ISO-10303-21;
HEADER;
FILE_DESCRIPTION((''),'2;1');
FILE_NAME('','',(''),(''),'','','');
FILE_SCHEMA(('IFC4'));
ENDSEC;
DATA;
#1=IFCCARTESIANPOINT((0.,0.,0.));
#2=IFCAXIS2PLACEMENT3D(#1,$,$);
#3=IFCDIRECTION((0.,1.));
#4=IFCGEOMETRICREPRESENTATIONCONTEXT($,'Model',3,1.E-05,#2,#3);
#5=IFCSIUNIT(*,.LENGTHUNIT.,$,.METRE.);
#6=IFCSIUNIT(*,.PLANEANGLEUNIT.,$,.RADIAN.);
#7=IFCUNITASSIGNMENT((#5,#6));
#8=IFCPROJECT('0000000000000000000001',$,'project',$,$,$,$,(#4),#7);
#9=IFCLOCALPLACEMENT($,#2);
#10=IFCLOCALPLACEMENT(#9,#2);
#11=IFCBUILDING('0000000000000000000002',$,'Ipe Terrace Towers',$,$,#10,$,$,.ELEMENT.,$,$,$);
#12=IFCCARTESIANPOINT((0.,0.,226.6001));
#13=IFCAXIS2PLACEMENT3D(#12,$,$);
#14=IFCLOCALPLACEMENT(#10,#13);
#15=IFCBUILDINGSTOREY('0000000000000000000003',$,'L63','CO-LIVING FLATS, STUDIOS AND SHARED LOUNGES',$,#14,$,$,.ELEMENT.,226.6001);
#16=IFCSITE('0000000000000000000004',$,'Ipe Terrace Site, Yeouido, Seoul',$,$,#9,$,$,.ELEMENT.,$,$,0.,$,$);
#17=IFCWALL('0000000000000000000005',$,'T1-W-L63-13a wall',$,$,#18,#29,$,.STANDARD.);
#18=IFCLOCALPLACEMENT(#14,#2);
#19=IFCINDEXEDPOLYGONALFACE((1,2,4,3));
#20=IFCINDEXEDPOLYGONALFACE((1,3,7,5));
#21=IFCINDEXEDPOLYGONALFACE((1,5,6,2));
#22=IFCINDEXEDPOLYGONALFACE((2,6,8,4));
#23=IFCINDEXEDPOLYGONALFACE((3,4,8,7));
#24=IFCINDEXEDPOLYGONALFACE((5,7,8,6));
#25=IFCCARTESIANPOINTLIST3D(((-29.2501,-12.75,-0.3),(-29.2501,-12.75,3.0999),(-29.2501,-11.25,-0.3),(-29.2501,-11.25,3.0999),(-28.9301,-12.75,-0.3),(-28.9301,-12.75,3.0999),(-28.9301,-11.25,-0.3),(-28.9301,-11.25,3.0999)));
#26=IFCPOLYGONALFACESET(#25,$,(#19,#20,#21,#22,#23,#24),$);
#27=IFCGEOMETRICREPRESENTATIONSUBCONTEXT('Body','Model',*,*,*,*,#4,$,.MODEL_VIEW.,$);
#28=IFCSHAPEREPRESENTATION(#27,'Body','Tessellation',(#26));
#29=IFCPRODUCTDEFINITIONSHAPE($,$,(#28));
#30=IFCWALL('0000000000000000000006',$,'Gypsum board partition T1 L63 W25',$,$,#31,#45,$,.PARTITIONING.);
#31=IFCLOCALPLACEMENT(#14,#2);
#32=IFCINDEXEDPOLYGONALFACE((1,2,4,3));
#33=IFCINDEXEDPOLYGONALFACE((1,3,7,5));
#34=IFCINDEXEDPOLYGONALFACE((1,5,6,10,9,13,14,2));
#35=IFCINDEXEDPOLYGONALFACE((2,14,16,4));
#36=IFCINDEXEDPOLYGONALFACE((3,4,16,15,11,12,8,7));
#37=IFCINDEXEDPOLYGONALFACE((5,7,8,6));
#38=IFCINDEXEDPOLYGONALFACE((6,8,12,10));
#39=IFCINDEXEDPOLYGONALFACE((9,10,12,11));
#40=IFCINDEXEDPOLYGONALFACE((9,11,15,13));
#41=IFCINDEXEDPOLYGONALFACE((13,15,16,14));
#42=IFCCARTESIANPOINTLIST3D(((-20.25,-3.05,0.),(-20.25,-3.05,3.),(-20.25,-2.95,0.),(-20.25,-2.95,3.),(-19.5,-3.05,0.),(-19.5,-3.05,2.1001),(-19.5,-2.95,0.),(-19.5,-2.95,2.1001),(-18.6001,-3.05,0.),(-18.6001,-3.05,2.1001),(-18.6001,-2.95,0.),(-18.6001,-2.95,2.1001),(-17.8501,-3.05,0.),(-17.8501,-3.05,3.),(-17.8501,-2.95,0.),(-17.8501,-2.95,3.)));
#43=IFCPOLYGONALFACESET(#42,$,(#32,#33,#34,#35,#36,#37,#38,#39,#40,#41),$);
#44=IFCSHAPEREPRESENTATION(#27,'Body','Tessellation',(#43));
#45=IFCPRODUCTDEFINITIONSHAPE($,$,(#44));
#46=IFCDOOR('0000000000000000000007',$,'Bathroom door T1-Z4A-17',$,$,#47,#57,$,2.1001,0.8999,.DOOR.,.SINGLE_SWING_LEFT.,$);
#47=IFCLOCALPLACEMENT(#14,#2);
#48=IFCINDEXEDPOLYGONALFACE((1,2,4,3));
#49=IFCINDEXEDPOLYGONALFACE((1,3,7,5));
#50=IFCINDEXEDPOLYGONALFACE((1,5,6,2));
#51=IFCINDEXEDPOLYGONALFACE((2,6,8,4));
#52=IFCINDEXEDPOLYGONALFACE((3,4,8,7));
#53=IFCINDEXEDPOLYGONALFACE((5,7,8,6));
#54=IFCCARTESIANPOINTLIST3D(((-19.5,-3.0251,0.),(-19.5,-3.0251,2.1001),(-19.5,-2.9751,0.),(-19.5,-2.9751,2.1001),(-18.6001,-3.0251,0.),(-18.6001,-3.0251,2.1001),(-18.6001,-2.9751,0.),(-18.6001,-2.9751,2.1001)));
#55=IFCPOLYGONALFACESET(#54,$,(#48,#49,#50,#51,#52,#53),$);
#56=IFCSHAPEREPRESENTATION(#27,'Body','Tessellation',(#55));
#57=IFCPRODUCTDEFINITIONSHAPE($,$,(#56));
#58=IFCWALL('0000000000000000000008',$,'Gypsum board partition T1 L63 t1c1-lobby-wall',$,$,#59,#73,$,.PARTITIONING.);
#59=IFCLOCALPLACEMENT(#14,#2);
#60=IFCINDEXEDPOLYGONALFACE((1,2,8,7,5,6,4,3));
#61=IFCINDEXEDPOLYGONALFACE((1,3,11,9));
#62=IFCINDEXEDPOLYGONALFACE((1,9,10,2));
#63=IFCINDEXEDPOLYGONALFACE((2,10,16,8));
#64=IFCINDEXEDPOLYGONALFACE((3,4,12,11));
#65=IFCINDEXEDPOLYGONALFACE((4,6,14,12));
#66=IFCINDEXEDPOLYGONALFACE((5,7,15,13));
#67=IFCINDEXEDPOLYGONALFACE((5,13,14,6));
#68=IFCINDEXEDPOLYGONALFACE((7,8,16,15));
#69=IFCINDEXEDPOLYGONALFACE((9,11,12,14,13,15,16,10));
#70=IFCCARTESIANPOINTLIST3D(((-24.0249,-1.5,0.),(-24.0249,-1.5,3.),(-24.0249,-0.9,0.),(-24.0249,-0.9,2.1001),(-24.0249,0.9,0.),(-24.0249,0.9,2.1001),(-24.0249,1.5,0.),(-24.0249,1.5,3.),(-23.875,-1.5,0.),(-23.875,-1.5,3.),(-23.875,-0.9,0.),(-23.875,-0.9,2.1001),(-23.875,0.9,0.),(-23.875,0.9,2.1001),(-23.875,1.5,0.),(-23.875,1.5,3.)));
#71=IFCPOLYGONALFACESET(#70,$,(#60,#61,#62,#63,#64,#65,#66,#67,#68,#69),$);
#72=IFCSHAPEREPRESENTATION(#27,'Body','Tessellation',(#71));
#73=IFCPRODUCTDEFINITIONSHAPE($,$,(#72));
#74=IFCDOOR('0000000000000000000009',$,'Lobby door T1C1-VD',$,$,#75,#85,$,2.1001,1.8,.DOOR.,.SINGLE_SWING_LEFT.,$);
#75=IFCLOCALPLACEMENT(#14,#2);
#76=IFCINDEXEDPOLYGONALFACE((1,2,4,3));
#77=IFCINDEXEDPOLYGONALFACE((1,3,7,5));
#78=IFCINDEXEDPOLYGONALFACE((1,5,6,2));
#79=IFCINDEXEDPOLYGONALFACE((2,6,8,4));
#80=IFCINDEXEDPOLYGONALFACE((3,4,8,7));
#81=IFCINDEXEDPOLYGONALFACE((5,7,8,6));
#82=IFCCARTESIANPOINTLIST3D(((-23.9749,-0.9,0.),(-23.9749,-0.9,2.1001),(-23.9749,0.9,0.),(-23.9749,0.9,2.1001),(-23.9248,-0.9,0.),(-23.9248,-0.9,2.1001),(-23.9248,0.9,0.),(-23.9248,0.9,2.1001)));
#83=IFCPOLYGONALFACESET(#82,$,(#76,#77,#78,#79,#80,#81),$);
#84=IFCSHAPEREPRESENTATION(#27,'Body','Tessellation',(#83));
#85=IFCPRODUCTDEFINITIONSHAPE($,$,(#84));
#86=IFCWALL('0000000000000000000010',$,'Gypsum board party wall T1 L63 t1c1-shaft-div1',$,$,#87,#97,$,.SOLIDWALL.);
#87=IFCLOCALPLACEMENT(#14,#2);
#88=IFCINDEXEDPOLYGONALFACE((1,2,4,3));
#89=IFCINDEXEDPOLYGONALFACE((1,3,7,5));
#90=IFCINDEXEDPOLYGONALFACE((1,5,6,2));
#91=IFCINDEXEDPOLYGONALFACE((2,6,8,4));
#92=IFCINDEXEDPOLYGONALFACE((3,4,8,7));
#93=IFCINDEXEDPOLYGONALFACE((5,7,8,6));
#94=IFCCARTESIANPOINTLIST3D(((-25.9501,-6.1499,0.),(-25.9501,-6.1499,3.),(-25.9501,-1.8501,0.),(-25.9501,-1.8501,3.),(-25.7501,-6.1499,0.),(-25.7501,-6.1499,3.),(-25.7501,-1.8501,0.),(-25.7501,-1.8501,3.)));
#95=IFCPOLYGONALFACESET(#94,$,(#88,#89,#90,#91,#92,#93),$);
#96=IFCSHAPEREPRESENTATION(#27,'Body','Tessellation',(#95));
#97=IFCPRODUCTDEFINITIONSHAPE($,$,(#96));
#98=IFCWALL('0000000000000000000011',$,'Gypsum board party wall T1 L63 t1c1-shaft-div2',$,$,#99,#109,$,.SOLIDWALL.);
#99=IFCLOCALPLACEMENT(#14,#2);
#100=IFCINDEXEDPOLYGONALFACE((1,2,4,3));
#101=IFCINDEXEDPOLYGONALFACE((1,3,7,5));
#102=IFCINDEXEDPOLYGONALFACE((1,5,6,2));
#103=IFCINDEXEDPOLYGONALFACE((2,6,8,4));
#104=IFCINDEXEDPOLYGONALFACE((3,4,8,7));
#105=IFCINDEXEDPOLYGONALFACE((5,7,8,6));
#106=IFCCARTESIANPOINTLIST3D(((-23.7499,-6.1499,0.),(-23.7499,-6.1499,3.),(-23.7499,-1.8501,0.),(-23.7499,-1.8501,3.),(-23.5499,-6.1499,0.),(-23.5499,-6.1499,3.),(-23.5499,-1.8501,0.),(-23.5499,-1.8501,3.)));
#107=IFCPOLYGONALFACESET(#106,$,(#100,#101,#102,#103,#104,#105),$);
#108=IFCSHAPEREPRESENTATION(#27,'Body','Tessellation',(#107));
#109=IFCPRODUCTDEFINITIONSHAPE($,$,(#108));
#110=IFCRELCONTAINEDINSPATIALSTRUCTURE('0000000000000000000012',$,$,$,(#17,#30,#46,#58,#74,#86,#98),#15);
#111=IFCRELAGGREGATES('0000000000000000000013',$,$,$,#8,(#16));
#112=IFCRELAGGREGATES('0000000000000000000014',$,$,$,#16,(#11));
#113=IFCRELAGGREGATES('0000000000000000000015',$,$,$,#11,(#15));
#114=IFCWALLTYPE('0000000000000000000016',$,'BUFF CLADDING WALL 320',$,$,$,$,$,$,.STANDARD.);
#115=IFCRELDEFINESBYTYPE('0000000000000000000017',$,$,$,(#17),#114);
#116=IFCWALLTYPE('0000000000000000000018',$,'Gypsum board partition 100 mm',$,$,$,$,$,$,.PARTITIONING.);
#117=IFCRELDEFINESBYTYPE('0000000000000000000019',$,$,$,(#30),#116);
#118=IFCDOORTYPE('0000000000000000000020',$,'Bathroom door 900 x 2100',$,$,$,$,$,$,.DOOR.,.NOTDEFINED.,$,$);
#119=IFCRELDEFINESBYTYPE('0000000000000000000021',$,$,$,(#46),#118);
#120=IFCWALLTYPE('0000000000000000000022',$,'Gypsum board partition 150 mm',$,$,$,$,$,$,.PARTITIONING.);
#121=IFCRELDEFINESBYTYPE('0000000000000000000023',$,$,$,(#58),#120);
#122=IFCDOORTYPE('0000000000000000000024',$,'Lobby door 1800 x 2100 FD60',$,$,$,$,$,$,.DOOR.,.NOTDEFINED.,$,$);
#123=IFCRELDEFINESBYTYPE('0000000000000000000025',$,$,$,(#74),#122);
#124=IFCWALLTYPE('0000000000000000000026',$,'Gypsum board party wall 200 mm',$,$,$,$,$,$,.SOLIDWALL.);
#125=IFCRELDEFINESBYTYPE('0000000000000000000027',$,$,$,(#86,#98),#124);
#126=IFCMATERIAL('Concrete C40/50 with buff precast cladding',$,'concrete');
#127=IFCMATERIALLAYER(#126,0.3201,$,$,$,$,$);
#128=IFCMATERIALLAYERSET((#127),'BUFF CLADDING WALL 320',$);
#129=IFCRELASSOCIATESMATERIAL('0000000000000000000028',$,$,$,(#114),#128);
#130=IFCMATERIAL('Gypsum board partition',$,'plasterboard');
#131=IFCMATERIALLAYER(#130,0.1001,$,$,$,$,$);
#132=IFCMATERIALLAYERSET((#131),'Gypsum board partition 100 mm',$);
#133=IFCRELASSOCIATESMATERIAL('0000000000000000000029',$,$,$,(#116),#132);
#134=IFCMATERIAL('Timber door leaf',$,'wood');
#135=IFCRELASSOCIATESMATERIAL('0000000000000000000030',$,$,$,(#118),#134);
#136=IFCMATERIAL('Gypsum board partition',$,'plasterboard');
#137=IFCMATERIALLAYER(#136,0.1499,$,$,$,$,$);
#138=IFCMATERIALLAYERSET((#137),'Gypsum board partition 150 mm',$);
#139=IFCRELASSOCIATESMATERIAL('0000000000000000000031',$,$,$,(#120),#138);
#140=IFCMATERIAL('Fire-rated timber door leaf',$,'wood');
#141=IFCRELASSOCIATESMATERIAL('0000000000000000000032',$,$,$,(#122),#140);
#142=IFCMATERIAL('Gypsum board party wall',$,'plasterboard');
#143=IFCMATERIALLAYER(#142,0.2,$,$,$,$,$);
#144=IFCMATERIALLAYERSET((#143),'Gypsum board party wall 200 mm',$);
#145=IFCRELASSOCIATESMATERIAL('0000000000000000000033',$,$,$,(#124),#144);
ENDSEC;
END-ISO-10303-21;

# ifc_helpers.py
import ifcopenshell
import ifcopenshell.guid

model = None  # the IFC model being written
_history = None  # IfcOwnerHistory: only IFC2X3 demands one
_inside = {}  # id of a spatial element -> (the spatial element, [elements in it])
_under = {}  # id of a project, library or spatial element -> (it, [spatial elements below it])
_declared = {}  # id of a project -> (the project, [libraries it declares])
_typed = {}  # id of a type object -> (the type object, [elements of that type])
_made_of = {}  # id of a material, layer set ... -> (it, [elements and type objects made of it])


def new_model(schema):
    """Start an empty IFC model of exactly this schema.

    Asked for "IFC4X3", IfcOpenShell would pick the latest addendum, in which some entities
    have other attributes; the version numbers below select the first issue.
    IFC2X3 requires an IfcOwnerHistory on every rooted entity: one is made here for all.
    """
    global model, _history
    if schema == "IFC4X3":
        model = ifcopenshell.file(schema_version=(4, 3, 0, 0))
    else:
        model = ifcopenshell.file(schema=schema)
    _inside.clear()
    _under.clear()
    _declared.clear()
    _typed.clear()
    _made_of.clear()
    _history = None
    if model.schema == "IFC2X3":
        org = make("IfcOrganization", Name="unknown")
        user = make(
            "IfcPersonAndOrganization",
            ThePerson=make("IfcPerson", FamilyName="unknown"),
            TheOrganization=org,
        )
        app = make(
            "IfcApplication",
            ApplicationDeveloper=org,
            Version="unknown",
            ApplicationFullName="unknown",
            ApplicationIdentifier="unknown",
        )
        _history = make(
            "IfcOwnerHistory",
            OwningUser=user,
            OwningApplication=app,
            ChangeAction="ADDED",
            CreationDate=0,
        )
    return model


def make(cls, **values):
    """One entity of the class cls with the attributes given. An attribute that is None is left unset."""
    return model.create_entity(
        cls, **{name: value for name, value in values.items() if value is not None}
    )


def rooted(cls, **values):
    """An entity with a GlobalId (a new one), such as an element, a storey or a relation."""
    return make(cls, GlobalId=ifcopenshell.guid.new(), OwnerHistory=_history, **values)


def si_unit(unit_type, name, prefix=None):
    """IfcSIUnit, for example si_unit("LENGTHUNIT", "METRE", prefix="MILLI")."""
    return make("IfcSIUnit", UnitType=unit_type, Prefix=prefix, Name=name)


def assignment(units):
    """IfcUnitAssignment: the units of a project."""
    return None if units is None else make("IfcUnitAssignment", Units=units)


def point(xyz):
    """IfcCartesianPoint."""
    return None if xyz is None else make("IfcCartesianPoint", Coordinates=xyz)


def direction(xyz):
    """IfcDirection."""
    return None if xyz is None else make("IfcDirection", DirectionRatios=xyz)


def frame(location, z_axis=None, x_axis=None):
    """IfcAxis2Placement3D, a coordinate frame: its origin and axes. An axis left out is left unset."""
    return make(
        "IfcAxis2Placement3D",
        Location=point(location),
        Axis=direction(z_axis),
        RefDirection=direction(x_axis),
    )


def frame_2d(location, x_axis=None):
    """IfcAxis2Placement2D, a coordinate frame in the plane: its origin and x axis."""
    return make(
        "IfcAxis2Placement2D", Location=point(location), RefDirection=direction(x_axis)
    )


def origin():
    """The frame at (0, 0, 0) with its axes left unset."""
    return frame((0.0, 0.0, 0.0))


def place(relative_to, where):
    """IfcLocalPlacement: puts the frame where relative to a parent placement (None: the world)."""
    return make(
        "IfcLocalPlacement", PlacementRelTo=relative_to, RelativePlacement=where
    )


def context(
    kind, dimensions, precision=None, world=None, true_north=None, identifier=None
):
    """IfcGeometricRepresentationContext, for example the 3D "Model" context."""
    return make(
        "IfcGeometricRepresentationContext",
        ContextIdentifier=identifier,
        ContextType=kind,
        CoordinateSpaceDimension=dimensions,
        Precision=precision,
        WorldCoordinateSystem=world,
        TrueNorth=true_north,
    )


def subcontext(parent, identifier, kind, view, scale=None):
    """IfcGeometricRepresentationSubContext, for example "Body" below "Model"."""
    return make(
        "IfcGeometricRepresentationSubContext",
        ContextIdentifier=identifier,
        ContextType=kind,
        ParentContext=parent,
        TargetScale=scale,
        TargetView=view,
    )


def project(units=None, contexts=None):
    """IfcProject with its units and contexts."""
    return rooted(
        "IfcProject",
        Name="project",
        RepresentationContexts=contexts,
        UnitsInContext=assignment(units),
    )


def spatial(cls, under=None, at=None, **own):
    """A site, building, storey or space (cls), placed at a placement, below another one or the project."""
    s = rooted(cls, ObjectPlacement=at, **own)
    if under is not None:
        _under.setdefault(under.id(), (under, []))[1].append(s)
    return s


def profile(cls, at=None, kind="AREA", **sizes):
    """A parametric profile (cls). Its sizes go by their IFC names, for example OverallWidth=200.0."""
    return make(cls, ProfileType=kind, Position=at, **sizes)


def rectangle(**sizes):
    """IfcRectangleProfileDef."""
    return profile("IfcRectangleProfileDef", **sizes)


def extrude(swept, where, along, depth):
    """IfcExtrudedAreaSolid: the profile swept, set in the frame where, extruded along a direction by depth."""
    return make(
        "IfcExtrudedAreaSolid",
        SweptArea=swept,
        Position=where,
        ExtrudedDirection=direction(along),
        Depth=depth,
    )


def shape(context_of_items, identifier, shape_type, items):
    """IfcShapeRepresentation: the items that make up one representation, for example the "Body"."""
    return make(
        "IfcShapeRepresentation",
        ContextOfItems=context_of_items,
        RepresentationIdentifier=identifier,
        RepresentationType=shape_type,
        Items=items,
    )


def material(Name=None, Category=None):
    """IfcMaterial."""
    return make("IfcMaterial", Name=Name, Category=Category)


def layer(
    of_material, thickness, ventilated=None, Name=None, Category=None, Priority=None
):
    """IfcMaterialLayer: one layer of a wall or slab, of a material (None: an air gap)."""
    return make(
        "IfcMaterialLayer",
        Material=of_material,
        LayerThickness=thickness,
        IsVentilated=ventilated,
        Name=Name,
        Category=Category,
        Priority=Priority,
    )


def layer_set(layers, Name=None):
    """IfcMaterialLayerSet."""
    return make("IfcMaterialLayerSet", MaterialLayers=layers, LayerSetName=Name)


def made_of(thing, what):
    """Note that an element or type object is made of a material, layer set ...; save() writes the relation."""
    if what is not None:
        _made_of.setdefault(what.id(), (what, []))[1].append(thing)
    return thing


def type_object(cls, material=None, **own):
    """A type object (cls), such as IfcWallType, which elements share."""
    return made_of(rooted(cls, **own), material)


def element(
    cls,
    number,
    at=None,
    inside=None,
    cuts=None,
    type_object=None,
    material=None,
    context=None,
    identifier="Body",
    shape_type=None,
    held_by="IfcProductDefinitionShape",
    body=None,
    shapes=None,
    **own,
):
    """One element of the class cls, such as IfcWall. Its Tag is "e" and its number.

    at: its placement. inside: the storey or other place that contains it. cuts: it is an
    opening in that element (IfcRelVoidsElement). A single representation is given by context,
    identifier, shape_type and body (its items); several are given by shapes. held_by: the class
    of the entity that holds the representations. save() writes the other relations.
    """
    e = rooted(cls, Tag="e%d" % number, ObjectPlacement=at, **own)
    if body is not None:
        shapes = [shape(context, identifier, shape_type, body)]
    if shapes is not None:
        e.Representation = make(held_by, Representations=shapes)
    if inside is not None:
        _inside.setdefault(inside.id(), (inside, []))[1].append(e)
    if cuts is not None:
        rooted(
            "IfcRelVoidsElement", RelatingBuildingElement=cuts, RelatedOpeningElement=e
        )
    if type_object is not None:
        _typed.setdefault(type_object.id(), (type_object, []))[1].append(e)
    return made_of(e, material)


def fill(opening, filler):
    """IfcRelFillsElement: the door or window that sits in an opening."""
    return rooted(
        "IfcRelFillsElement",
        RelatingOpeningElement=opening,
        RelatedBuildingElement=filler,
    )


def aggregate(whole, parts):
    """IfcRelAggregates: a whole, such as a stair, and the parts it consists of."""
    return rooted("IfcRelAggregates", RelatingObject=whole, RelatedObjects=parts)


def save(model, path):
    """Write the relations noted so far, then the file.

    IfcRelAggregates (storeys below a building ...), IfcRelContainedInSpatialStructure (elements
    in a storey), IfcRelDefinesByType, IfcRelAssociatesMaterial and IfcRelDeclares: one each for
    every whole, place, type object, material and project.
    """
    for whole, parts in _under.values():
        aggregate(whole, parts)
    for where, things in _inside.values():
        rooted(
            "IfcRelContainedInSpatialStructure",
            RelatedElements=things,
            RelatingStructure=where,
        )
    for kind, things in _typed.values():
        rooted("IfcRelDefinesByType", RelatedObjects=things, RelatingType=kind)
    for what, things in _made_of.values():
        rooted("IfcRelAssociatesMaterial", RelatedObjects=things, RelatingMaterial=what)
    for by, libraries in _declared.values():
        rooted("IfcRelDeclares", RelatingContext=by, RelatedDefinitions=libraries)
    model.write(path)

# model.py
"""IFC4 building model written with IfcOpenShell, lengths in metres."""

from ifc_helpers import new_model, si_unit, direction, frame, frame_2d, origin, place, context, subcontext, project, spatial, rectangle, extrude, material, layer, layer_set, type_object, element, fill, save


model = new_model("IFC4")

# Units and contexts
model_context = context("Model", 3, precision=1e-05, world=origin(), true_north=direction((0.0, 1.0)))
body_context = subcontext(model_context, "Body", "Model", "MODEL_VIEW")
ifc_project = project(units=[si_unit("LENGTHUNIT", "METRE"), si_unit("PLANEANGLEUNIT", "RADIAN")], contexts=[model_context])

# Site, building, storey
site_placement = place(None, origin())
site = spatial("IfcSite", under=ifc_project, at=site_placement, Name="Ipe Terrace Site, Yeouido, Seoul", CompositionType="ELEMENT", RefElevation=0.0)
building_placement = place(site_placement, origin())
building = spatial("IfcBuilding", under=site, at=building_placement, Name="Ipe Terrace Towers", CompositionType="ELEMENT")
storey_placement = place(building_placement, frame((0.0, 0.0, 226.6001)))
storey = spatial("IfcBuildingStorey", under=building, at=storey_placement, Name="L63", Description="CO-LIVING FLATS, STUDIOS AND SHARED LOUNGES", CompositionType="ELEMENT", Elevation=226.6001)

# Wall
ifc_material_1 = material(Name="Concrete C40/50 with buff precast cladding", Category="concrete")
ifc_layer_1 = layer(ifc_material_1, 0.3201)
ifc_layer_set_1 = layer_set([ifc_layer_1], Name="BUFF CLADDING WALL 320")
wall_type_1 = type_object("IfcWallType", Name="BUFF CLADDING WALL 320", PredefinedType="STANDARD", material=ifc_layer_set_1)
wall_1_placement = place(storey_placement, frame((-29.0901, -12.75, -0.3), z_axis=(0.0, 0.0, 1.0), x_axis=(0.0, 1.0, 0.0)))
element("IfcWall", 1, at=wall_1_placement, inside=storey, type_object=wall_type_1, Name="T1-W-L63-13a wall", PredefinedType="STANDARD", context=body_context, shape_type="SweptSolid", body=[
    extrude(rectangle(XDim=1.5, YDim=0.3201, at=frame_2d((0.75, 0.0))), origin(), (0.0, 0.0, 1.0), 3.3999),
])

# Walls, openings, doors
ifc_material_2 = material(Name="Gypsum board partition", Category="plasterboard")
ifc_layer_2 = layer(ifc_material_2, 0.1001)
ifc_layer_set_2 = layer_set([ifc_layer_2], Name="Gypsum board partition 100 mm")
wall_type_2 = type_object("IfcWallType", Name="Gypsum board partition 100 mm", PredefinedType="PARTITIONING", material=ifc_layer_set_2)
wall_2_placement = place(storey_placement, frame((-20.25, -3.0, 0.0), z_axis=(0.0, 0.0, 1.0), x_axis=(1.0, 0.0, 0.0)))
wall_2 = element("IfcWall", 2, at=wall_2_placement, inside=storey, type_object=wall_type_2, Name="Gypsum board partition T1 L63 W25", PredefinedType="PARTITIONING", context=body_context, shape_type="SweptSolid", body=[
    extrude(rectangle(XDim=2.3999, YDim=0.1001, at=frame_2d((1.2, 0.0))), origin(), (0.0, 0.0, 1.0), 3.0),
])
opening_1_placement = place(wall_2_placement, frame((0.75, 0.0, 0.0)))
opening_1 = element("IfcOpeningElement", 3, at=opening_1_placement, cuts=wall_2, PredefinedType="OPENING", context=body_context, shape_type="SweptSolid", body=[
    extrude(rectangle(XDim=0.8999, YDim=2.1001, at=frame_2d((0.45, 1.05))), frame((0.0, 0.0601, 0.0), z_axis=(0.0, -1.0, 0.0), x_axis=(1.0, 0.0, 0.0)), (0.0, 0.0, 1.0), 0.1201),
])
ifc_material_3 = material(Name="Timber door leaf", Category="wood")
door_type_1 = type_object("IfcDoorType", Name="Bathroom door 900 x 2100", OperationType="NOTDEFINED", PredefinedType="DOOR", material=ifc_material_3)
door_1_placement = place(opening_1_placement, origin())
door_1 = element("IfcDoor", 4, at=door_1_placement, inside=storey, type_object=door_type_1, Name="Bathroom door T1-Z4A-17", OperationType="SINGLE_SWING_LEFT", OverallHeight=2.1001, OverallWidth=0.8999, PredefinedType="DOOR", context=body_context, shape_type="SweptSolid", body=[
    extrude(rectangle(XDim=0.8999, YDim=2.1001, at=frame_2d((0.45, 1.05))), frame((0.0, 0.0249, 0.0), z_axis=(0.0, -1.0, 0.0), x_axis=(1.0, 0.0, 0.0)), (0.0, 0.0, 1.0), 0.05),
])
fill(opening_1, door_1)
ifc_material_4 = material(Name="Gypsum board partition", Category="plasterboard")
ifc_layer_3 = layer(ifc_material_4, 0.1499)
ifc_layer_set_3 = layer_set([ifc_layer_3], Name="Gypsum board partition 150 mm")
wall_type_3 = type_object("IfcWallType", Name="Gypsum board partition 150 mm", PredefinedType="PARTITIONING", material=ifc_layer_set_3)
wall_3_placement = place(storey_placement, frame((-23.95, -1.5, 0.0), z_axis=(0.0, 0.0, 1.0), x_axis=(0.0, 1.0, 0.0)))
wall_3 = element("IfcWall", 5, at=wall_3_placement, inside=storey, type_object=wall_type_3, Name="Gypsum board partition T1 L63 t1c1-lobby-wall", PredefinedType="PARTITIONING", context=body_context, shape_type="SweptSolid", body=[
    extrude(rectangle(XDim=3.0, YDim=0.1499, at=frame_2d((1.5, 0.0))), origin(), (0.0, 0.0, 1.0), 3.0),
])
opening_2_placement = place(wall_3_placement, frame((0.6001, 0.0, 0.0)))
opening_2 = element("IfcOpeningElement", 6, at=opening_2_placement, cuts=wall_3, PredefinedType="OPENING", context=body_context, shape_type="SweptSolid", body=[
    extrude(rectangle(XDim=1.8, YDim=2.1001, at=frame_2d((0.8999, 1.05))), frame((0.0, 0.085, 0.0), z_axis=(0.0, -1.0, 0.0), x_axis=(1.0, 0.0, 0.0)), (0.0, 0.0, 1.0), 0.1699),
])
ifc_material_5 = material(Name="Fire-rated timber door leaf", Category="wood")
door_type_2 = type_object("IfcDoorType", Name="Lobby door 1800 x 2100 FD60", OperationType="NOTDEFINED", PredefinedType="DOOR", material=ifc_material_5)
door_2_placement = place(opening_2_placement, origin())
door_2 = element("IfcDoor", 7, at=door_2_placement, inside=storey, type_object=door_type_2, Name="Lobby door T1C1-VD", OperationType="SINGLE_SWING_LEFT", OverallHeight=2.1001, OverallWidth=1.8, PredefinedType="DOOR", context=body_context, shape_type="SweptSolid", body=[
    extrude(rectangle(XDim=1.8, YDim=2.1001, at=frame_2d((0.8999, 1.05))), frame((0.0, 0.0249, 0.0), z_axis=(0.0, -1.0, 0.0), x_axis=(1.0, 0.0, 0.0)), (0.0, 0.0, 1.0), 0.05),
])
fill(opening_2, door_2)

# Walls
ifc_material_6 = material(Name="Gypsum board party wall", Category="plasterboard")
ifc_layer_4 = layer(ifc_material_6, 0.2)
ifc_layer_set_4 = layer_set([ifc_layer_4], Name="Gypsum board party wall 200 mm")
wall_type_4 = type_object("IfcWallType", Name="Gypsum board party wall 200 mm", PredefinedType="SOLIDWALL", material=ifc_layer_set_4)
for number, where, z_axis, x_axis, name in (
    (8, (-25.8501, -6.1499, 0.0), (0.0, 0.0, 1.0), (0.0, 1.0, 0.0), "Gypsum board party wall T1 L63 t1c1-shaft-div1"),
    (9, (-23.6499, -6.1499, 0.0), (0.0, 0.0, 1.0), (0.0, 1.0, 0.0), "Gypsum board party wall T1 L63 t1c1-shaft-div2"),
):
    element("IfcWall", number, at=place(storey_placement, frame(where, z_axis=z_axis, x_axis=x_axis)), inside=storey, type_object=wall_type_4, Name=name, PredefinedType="SOLIDWALL", context=body_context, shape_type="SweptSolid", body=[
        extrude(rectangle(XDim=4.2998, YDim=0.2, at=frame_2d((2.1499, 0.0))), origin(), (0.0, 0.0, 1.0), 3.0),
    ])

save(model, "model.ifc")
